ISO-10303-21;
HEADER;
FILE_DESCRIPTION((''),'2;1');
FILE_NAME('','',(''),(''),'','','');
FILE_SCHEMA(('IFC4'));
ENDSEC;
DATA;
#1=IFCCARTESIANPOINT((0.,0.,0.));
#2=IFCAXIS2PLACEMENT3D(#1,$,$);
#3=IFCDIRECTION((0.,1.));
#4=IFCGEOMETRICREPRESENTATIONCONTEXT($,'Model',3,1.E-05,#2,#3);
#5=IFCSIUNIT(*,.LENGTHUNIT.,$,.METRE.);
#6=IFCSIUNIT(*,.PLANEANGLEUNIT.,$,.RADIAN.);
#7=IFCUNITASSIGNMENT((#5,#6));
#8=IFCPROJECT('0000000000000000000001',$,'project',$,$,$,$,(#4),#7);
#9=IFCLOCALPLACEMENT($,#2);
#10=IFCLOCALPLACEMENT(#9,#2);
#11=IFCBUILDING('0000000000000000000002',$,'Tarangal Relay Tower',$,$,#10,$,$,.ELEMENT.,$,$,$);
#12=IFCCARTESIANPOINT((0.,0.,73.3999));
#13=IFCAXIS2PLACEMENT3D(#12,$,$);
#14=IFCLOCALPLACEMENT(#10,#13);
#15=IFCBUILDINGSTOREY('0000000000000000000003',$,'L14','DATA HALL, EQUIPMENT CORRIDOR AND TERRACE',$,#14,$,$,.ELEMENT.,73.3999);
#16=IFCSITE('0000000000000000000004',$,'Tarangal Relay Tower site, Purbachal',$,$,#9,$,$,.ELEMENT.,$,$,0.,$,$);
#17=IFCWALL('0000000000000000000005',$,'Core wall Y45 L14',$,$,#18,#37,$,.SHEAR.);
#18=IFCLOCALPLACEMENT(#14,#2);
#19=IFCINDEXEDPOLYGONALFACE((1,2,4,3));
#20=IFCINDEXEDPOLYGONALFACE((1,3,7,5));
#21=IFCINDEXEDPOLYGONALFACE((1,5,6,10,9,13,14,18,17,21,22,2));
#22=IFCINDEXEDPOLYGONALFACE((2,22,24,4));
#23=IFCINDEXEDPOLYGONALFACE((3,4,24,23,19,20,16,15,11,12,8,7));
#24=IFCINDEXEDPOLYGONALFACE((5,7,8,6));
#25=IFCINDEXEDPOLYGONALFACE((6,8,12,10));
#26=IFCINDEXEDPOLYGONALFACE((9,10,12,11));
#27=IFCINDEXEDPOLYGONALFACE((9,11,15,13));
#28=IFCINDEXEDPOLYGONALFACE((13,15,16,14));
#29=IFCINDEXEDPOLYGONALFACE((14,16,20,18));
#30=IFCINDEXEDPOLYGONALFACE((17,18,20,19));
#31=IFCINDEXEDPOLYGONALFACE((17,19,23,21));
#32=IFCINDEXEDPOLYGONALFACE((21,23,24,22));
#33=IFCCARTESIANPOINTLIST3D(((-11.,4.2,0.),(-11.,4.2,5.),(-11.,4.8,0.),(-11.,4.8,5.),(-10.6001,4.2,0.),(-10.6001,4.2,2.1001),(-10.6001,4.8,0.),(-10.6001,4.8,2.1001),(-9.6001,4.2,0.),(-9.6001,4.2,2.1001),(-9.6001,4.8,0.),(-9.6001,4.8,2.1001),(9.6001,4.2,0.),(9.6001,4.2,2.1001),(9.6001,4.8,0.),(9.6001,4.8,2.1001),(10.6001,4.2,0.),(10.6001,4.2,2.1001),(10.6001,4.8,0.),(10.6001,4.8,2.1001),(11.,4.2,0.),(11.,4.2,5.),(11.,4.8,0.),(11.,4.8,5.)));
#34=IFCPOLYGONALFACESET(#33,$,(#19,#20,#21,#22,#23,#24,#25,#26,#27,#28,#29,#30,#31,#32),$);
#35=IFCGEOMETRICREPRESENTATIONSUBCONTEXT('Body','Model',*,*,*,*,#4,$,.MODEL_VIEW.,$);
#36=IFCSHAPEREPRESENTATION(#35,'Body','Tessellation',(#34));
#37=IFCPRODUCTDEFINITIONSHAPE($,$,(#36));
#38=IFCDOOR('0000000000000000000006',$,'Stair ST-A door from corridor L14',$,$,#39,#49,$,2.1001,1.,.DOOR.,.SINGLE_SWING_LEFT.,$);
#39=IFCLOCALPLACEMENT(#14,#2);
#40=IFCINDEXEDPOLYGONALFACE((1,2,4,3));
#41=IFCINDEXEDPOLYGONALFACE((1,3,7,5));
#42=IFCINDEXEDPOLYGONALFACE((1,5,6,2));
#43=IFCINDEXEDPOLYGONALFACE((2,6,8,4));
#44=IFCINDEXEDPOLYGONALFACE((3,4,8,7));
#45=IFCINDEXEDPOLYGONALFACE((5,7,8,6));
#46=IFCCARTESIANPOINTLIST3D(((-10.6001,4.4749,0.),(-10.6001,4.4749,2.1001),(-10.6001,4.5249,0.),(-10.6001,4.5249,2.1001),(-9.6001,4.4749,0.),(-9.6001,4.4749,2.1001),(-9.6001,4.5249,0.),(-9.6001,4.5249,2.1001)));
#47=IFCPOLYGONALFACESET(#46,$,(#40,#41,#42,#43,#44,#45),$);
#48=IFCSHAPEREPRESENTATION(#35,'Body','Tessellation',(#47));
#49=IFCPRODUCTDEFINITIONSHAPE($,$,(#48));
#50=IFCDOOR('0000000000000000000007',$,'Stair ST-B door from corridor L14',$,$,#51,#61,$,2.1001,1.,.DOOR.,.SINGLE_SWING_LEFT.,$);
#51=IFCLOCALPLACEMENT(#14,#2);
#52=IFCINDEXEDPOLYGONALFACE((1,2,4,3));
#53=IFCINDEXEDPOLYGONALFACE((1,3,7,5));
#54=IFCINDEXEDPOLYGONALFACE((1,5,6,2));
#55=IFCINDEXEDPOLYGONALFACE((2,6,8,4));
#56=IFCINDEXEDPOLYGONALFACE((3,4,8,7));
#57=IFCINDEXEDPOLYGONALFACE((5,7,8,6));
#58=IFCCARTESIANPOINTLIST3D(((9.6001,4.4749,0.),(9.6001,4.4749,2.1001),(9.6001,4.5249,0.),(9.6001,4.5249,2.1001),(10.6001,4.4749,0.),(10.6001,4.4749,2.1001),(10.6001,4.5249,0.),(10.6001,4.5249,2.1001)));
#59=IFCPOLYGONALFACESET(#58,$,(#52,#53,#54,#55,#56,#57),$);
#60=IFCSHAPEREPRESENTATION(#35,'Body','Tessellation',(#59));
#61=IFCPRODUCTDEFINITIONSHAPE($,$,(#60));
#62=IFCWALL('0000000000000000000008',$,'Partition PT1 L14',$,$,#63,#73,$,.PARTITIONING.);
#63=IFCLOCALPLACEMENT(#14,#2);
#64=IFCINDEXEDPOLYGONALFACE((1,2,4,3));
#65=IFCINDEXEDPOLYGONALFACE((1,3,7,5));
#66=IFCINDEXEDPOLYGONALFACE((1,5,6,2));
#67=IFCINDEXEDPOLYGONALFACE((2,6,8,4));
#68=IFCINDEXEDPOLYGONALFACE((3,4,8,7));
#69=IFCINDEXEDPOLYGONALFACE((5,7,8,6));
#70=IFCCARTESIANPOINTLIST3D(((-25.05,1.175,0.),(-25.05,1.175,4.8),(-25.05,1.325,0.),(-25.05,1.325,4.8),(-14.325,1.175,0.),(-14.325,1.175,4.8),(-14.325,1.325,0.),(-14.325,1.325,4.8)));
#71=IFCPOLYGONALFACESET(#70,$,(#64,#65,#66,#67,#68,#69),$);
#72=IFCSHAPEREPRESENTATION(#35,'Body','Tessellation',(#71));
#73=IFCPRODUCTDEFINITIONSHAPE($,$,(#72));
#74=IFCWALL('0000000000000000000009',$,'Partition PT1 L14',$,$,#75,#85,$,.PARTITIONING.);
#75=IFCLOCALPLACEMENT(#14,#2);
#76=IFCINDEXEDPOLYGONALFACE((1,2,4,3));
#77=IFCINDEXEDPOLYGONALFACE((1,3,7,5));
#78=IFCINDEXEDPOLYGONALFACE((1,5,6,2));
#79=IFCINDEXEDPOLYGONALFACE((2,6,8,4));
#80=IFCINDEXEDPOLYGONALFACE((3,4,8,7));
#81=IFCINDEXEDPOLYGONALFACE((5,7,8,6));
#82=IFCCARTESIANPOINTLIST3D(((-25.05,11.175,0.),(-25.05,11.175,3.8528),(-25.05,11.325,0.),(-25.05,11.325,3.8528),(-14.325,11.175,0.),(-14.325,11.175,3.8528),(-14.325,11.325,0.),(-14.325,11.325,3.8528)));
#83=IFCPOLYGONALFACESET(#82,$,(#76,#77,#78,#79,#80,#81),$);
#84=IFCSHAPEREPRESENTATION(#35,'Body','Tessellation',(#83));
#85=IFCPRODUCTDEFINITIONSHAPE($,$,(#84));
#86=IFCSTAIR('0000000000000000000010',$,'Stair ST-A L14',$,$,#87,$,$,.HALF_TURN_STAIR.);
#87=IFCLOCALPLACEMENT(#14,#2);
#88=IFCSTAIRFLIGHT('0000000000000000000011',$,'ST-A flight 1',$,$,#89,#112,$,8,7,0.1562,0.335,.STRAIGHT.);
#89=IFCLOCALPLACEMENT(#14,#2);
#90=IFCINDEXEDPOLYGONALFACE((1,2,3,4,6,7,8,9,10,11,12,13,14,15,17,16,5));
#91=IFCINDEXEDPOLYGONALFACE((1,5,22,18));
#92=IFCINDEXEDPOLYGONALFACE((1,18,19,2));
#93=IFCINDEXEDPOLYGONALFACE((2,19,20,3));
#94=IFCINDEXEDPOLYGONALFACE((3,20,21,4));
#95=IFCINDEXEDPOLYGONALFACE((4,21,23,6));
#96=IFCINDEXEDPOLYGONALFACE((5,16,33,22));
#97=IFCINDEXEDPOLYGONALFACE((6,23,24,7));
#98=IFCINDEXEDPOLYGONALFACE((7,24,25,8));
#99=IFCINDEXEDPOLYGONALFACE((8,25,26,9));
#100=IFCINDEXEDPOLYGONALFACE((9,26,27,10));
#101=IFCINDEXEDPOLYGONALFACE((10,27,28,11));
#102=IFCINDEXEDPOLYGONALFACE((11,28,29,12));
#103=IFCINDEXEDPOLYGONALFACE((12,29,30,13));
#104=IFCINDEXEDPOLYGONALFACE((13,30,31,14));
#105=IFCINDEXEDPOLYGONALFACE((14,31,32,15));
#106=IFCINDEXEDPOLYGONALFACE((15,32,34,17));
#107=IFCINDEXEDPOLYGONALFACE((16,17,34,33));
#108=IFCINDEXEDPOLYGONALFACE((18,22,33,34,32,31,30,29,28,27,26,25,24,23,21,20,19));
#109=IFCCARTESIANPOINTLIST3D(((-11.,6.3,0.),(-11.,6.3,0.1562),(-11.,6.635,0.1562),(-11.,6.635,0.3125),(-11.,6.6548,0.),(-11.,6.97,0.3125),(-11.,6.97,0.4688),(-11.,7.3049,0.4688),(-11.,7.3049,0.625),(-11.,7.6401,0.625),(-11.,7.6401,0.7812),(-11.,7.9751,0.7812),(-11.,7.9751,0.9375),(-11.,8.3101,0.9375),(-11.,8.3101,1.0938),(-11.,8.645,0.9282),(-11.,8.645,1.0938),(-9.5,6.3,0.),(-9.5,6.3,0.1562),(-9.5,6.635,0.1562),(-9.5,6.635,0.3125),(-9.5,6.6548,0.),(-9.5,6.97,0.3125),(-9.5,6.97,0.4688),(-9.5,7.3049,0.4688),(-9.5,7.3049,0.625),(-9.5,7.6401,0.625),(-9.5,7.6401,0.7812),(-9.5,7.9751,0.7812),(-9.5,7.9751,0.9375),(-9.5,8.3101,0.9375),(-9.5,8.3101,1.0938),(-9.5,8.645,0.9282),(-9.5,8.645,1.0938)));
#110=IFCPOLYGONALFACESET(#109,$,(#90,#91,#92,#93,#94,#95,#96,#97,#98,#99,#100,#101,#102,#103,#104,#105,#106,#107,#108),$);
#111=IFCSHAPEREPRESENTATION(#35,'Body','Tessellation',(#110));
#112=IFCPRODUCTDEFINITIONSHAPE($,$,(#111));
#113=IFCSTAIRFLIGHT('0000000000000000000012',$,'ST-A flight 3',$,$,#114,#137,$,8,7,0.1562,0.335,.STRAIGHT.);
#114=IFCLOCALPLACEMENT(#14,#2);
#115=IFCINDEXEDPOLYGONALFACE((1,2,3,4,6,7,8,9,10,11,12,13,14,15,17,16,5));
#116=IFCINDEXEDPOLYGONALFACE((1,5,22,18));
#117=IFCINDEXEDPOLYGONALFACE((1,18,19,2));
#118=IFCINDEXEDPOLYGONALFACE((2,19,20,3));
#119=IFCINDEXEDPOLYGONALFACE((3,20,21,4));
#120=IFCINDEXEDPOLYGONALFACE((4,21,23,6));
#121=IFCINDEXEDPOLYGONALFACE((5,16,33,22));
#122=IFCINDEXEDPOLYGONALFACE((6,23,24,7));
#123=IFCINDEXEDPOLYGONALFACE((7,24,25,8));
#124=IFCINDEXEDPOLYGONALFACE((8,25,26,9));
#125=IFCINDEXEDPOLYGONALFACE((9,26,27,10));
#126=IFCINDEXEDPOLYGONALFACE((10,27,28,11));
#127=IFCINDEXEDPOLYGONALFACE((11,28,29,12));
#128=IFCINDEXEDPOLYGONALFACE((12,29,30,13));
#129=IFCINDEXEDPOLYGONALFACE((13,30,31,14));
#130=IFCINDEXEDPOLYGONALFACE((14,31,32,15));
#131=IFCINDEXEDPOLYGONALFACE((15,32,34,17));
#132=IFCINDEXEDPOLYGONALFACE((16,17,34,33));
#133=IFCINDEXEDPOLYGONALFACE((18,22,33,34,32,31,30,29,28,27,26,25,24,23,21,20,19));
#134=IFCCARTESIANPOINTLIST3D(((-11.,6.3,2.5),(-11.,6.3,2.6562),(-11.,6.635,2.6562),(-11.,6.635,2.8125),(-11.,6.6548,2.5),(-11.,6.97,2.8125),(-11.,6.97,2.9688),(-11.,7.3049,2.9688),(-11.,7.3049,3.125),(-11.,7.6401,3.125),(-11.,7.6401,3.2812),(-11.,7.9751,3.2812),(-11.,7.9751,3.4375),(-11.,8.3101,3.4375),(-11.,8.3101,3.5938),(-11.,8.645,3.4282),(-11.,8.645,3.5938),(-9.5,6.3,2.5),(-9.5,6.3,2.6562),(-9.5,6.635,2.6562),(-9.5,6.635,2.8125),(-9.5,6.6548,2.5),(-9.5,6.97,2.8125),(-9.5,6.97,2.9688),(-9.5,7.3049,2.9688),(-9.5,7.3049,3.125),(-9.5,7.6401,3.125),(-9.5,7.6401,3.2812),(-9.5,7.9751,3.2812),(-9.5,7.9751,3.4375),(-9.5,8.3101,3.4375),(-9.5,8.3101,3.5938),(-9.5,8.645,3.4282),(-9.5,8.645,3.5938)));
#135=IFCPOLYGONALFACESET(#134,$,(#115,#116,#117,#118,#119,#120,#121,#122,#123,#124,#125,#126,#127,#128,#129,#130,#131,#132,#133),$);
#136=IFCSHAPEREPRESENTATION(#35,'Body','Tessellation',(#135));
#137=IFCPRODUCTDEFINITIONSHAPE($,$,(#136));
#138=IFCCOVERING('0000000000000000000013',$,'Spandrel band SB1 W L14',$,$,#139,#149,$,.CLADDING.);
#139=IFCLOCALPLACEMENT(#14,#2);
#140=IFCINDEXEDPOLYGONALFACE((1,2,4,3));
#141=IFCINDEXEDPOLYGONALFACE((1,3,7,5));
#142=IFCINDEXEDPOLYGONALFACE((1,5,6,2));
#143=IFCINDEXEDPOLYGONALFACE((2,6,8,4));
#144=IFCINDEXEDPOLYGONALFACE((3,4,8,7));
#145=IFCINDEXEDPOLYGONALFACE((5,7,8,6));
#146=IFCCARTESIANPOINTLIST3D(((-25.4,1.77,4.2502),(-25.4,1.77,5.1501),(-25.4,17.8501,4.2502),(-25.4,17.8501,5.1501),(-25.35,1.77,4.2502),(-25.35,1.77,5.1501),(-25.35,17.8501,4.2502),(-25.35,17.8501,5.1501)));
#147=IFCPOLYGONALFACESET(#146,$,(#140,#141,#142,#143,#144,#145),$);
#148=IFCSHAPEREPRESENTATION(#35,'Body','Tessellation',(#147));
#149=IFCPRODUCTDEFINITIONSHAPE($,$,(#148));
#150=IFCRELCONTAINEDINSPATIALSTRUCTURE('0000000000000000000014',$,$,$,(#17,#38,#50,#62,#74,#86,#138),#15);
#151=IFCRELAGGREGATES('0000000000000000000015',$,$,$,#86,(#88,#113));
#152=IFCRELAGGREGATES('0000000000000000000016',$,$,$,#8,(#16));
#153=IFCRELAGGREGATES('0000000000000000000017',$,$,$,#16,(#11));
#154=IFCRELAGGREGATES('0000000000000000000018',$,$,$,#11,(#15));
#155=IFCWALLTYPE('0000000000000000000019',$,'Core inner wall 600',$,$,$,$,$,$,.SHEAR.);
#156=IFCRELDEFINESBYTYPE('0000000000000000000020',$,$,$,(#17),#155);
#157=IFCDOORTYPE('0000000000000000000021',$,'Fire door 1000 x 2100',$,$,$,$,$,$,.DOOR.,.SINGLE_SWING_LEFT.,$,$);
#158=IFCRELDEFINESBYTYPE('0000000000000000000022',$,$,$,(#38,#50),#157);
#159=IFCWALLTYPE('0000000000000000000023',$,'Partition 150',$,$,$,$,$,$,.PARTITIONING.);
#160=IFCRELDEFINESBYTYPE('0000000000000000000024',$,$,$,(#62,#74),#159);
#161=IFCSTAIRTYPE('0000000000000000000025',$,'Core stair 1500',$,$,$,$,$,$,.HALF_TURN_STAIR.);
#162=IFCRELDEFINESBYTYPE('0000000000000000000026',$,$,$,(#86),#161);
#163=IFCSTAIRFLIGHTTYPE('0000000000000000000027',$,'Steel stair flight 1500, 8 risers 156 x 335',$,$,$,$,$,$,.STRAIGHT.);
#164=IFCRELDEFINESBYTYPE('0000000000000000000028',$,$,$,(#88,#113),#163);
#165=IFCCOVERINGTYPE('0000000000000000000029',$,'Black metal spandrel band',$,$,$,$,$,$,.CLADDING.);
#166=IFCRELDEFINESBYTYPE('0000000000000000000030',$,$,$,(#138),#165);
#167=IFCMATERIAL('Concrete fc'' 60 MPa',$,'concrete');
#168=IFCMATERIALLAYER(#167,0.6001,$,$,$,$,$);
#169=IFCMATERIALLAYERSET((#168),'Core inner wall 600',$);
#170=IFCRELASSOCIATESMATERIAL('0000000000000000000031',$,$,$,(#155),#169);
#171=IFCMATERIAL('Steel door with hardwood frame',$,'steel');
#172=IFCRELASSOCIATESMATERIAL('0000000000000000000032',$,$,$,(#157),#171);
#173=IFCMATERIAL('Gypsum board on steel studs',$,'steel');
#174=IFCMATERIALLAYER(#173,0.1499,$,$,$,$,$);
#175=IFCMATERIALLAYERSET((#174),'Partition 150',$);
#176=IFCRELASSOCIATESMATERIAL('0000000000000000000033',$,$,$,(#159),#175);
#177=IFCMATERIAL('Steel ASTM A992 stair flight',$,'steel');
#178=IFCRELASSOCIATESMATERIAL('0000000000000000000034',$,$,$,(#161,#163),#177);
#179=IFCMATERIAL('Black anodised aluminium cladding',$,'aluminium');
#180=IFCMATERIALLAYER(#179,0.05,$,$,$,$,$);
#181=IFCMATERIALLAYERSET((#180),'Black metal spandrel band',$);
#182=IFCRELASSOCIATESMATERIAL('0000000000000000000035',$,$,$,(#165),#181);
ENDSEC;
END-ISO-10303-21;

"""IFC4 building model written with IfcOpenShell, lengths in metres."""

from ifc_helpers import new_model, si_unit, direction, frame, frame_2d, origin, origin_2d, place, context, subcontext, project, spatial, polyline, rectangle, outline, extrude, material, layer, layer_set, type_object, element, fill, aggregate, save


model = new_model("IFC4")

# Units and contexts
model_context = context("Model", 3, precision=1e-05, world=origin(), true_north=direction((0.0, 1.0)))
body_context = subcontext(model_context, "Body", "Model", "MODEL_VIEW")
ifc_project = project(units=[si_unit("LENGTHUNIT", "METRE"), si_unit("PLANEANGLEUNIT", "RADIAN")], contexts=[model_context])

# Site, building, storey
site_placement = place(None, origin())
site = spatial("IfcSite", under=ifc_project, at=site_placement, Name="Tarangal Relay Tower site, Purbachal", CompositionType="ELEMENT", RefElevation=0.0)
building_placement = place(site_placement, origin())
building = spatial("IfcBuilding", under=site, at=building_placement, Name="Tarangal Relay Tower", CompositionType="ELEMENT")
storey_placement = place(building_placement, frame((0.0, 0.0, 73.3999)))
storey = spatial("IfcBuildingStorey", under=building, at=storey_placement, Name="L14", Description="DATA HALL, EQUIPMENT CORRIDOR AND TERRACE", CompositionType="ELEMENT", Elevation=73.3999)

# Wall, openings, doors
ifc_material_1 = material(Name="Concrete fc' 60 MPa", Category="concrete")
ifc_layer_1 = layer(ifc_material_1, 0.6001)
ifc_layer_set_1 = layer_set([ifc_layer_1], Name="Core inner wall 600")
wall_type_1 = type_object("IfcWallType", Name="Core inner wall 600", PredefinedType="SHEAR", material=ifc_layer_set_1)
wall_1_placement = place(storey_placement, frame((-11.0, 4.5, 0.0), z_axis=(0.0, 0.0, 1.0), x_axis=(1.0, 0.0, 0.0)))
wall_1 = element("IfcWall", 1, at=wall_1_placement, inside=storey, type_object=wall_type_1, Name="Core wall Y45 L14", PredefinedType="SHEAR", context=body_context, shape_type="SweptSolid", body=[
    extrude(rectangle(XDim=22.0, YDim=0.6001, at=frame_2d((11.0, 0.0))), origin(), (0.0, 0.0, 1.0), 5.0),
])
opening_1_placement = place(wall_1_placement, frame((0.3999, 0.0, 0.0)))
opening_1 = element("IfcOpeningElement", 2, at=opening_1_placement, cuts=wall_1, PredefinedType="OPENING", context=body_context, shape_type="SweptSolid", body=[
    extrude(rectangle(XDim=1.0, YDim=2.1001, at=frame_2d((0.5, 1.05))), frame((0.0, 0.3101, 0.0), z_axis=(0.0, -1.0, 0.0), x_axis=(1.0, 0.0, 0.0)), (0.0, 0.0, 1.0), 0.6201),
])
opening_2_placement = place(wall_1_placement, frame((20.6001, 0.0, 0.0)))
opening_2 = element("IfcOpeningElement", 3, at=opening_2_placement, cuts=wall_1, PredefinedType="OPENING", context=body_context, shape_type="SweptSolid", body=[
    extrude(rectangle(XDim=1.0, YDim=2.1001, at=frame_2d((0.5, 1.05))), frame((0.0, 0.3101, 0.0), z_axis=(0.0, -1.0, 0.0), x_axis=(1.0, 0.0, 0.0)), (0.0, 0.0, 1.0), 0.6201),
])
ifc_material_2 = material(Name="Steel door with hardwood frame", Category="steel")
door_type_1 = type_object("IfcDoorType", Name="Fire door 1000 x 2100", OperationType="SINGLE_SWING_LEFT", PredefinedType="DOOR", material=ifc_material_2)
door_1_placement = place(opening_1_placement, origin())
door_1 = element("IfcDoor", 4, at=door_1_placement, inside=storey, type_object=door_type_1, Name="Stair ST-A door from corridor L14", OperationType="SINGLE_SWING_LEFT", OverallHeight=2.1001, OverallWidth=1.0, PredefinedType="DOOR", context=body_context, shape_type="SweptSolid", body=[
    extrude(rectangle(XDim=1.0, YDim=2.1001, at=frame_2d((0.5, 1.05))), frame((0.0, 0.0249, 0.0), z_axis=(0.0, -1.0, 0.0), x_axis=(1.0, 0.0, 0.0)), (0.0, 0.0, 1.0), 0.05),
])
fill(opening_1, door_1)
door_2_placement = place(opening_2_placement, origin())
door_2 = element("IfcDoor", 5, at=door_2_placement, inside=storey, type_object=door_type_1, Name="Stair ST-B door from corridor L14", OperationType="SINGLE_SWING_LEFT", OverallHeight=2.1001, OverallWidth=1.0, PredefinedType="DOOR", context=body_context, shape_type="SweptSolid", body=[
    extrude(rectangle(XDim=1.0, YDim=2.1001, at=frame_2d((0.5, 1.05))), frame((0.0, 0.0249, 0.0), z_axis=(0.0, -1.0, 0.0), x_axis=(1.0, 0.0, 0.0)), (0.0, 0.0, 1.0), 0.05),
])
fill(opening_2, door_2)

# Walls
ifc_material_3 = material(Name="Gypsum board on steel studs", Category="steel")
ifc_layer_2 = layer(ifc_material_3, 0.1499)
ifc_layer_set_2 = layer_set([ifc_layer_2], Name="Partition 150")
wall_type_2 = type_object("IfcWallType", Name="Partition 150", PredefinedType="PARTITIONING", material=ifc_layer_set_2)
wall_2_placement = place(storey_placement, frame((-25.05, 1.25, 0.0), z_axis=(0.0, 0.0, 1.0), x_axis=(1.0, 0.0, 0.0)))
element("IfcWall", 6, at=wall_2_placement, inside=storey, type_object=wall_type_2, Name="Partition PT1 L14", PredefinedType="PARTITIONING", context=body_context, shape_type="SweptSolid", body=[
    extrude(rectangle(XDim=10.7251, YDim=0.1499, at=frame_2d((5.3625, 0.0))), origin(), (0.0, 0.0, 1.0), 4.8),
])
wall_3_placement = place(storey_placement, frame((-25.05, 11.25, 0.0), z_axis=(0.0, 0.0, 1.0), x_axis=(1.0, 0.0, 0.0)))
element("IfcWall", 7, at=wall_3_placement, inside=storey, type_object=wall_type_2, Name="Partition PT1 L14", PredefinedType="PARTITIONING", context=body_context, shape_type="SweptSolid", body=[
    extrude(rectangle(XDim=10.7251, YDim=0.1499, at=frame_2d((5.3625, 0.0))), origin(), (0.0, 0.0, 1.0), 3.8528),
])

# Stair, stair flights
ifc_material_4 = material(Name="Steel ASTM A992 stair flight", Category="steel")
stair_type = type_object("IfcStairType", Name="Core stair 1500", PredefinedType="HALF_TURN_STAIR", material=ifc_material_4)
stair_placement = place(storey_placement, origin())
stair = element("IfcStair", 8, at=stair_placement, inside=storey, type_object=stair_type, Name="Stair ST-A L14", PredefinedType="HALF_TURN_STAIR")
stair_flight_type = type_object("IfcStairFlightType", Name="Steel stair flight 1500, 8 risers 156 x 335", PredefinedType="STRAIGHT", material=ifc_material_4)
stair_flight_1_placement = place(storey_placement, frame((-10.25, 6.3, 0.0), z_axis=(0.0, 0.0, 1.0), x_axis=(0.0, 1.0, 0.0)))
stair_flight_1 = element("IfcStairFlight", 9, at=stair_flight_1_placement, type_object=stair_flight_type, Name="ST-A flight 1", NumberOfRisers=8, NumberOfTreads=7, PredefinedType="STRAIGHT", RiserHeight=0.1562, TreadLength=0.335, context=body_context, shape_type="SweptSolid", body=[
    extrude(outline(polyline([(0.0, 0.0), (0.0, 0.1562), (0.335, 0.1562), (0.335, 0.3125), (0.6699, 0.3125), (0.6699, 0.4688), (1.0049, 0.4688), (1.0049, 0.625), (1.3401, 0.625), (1.3401, 0.7812), (1.675, 0.7812), (1.675, 0.9375), (2.01, 0.9375), (2.01, 1.0938), (2.345, 1.0938), (2.345, 1.25), (2.345, 0.9282), (0.3547, 0.0), (0.0, 0.0)])), frame((0.0, 0.75, 0.0), z_axis=(0.0, -1.0, 0.0), x_axis=(1.0, 0.0, 0.0)), (0.0, 0.0, 1.0), 1.5),
])
stair_flight_2_placement = place(storey_placement, frame((-10.25, 6.3, 2.5), z_axis=(0.0, 0.0, 1.0), x_axis=(0.0, 1.0, 0.0)))
stair_flight_2 = element("IfcStairFlight", 10, at=stair_flight_2_placement, type_object=stair_flight_type, Name="ST-A flight 3", NumberOfRisers=8, NumberOfTreads=7, PredefinedType="STRAIGHT", RiserHeight=0.1562, TreadLength=0.335, context=body_context, shape_type="SweptSolid", body=[
    extrude(outline(polyline([(0.0, 0.0), (0.0, 0.1562), (0.335, 0.1562), (0.335, 0.3125), (0.6699, 0.3125), (0.6699, 0.4688), (1.0049, 0.4688), (1.0049, 0.625), (1.3401, 0.625), (1.3401, 0.7812), (1.675, 0.7812), (1.675, 0.9375), (2.01, 0.9375), (2.01, 1.0938), (2.345, 1.0938), (2.345, 1.25), (2.345, 0.9282), (0.3547, 0.0), (0.0, 0.0)])), frame((0.0, 0.75, 0.0), z_axis=(0.0, -1.0, 0.0), x_axis=(1.0, 0.0, 0.0)), (0.0, 0.0, 1.0), 1.5),
])
aggregate(stair, [stair_flight_1, stair_flight_2])

# Covering
ifc_material_5 = material(Name="Black anodised aluminium cladding", Category="aluminium")
ifc_layer_3 = layer(ifc_material_5, 0.05)
ifc_layer_set_3 = layer_set([ifc_layer_3], Name="Black metal spandrel band")
covering_type = type_object("IfcCoveringType", Name="Black metal spandrel band", PredefinedType="CLADDING", material=ifc_layer_set_3)
covering_placement = place(storey_placement, frame((-25.375, 9.8101, 4.2502), z_axis=(0.0, 0.0, 1.0), x_axis=(0.0, 1.0, 0.0)))
element("IfcCovering", 11, at=covering_placement, inside=storey, type_object=covering_type, Name="Spandrel band SB1 W L14", PredefinedType="CLADDING", context=body_context, shape_type="SweptSolid", body=[
    extrude(rectangle(XDim=16.0801, YDim=0.05, at=origin_2d()), origin(), (0.0, 0.0, 1.0), 0.8999),
])

save(model, "model.ifc")
